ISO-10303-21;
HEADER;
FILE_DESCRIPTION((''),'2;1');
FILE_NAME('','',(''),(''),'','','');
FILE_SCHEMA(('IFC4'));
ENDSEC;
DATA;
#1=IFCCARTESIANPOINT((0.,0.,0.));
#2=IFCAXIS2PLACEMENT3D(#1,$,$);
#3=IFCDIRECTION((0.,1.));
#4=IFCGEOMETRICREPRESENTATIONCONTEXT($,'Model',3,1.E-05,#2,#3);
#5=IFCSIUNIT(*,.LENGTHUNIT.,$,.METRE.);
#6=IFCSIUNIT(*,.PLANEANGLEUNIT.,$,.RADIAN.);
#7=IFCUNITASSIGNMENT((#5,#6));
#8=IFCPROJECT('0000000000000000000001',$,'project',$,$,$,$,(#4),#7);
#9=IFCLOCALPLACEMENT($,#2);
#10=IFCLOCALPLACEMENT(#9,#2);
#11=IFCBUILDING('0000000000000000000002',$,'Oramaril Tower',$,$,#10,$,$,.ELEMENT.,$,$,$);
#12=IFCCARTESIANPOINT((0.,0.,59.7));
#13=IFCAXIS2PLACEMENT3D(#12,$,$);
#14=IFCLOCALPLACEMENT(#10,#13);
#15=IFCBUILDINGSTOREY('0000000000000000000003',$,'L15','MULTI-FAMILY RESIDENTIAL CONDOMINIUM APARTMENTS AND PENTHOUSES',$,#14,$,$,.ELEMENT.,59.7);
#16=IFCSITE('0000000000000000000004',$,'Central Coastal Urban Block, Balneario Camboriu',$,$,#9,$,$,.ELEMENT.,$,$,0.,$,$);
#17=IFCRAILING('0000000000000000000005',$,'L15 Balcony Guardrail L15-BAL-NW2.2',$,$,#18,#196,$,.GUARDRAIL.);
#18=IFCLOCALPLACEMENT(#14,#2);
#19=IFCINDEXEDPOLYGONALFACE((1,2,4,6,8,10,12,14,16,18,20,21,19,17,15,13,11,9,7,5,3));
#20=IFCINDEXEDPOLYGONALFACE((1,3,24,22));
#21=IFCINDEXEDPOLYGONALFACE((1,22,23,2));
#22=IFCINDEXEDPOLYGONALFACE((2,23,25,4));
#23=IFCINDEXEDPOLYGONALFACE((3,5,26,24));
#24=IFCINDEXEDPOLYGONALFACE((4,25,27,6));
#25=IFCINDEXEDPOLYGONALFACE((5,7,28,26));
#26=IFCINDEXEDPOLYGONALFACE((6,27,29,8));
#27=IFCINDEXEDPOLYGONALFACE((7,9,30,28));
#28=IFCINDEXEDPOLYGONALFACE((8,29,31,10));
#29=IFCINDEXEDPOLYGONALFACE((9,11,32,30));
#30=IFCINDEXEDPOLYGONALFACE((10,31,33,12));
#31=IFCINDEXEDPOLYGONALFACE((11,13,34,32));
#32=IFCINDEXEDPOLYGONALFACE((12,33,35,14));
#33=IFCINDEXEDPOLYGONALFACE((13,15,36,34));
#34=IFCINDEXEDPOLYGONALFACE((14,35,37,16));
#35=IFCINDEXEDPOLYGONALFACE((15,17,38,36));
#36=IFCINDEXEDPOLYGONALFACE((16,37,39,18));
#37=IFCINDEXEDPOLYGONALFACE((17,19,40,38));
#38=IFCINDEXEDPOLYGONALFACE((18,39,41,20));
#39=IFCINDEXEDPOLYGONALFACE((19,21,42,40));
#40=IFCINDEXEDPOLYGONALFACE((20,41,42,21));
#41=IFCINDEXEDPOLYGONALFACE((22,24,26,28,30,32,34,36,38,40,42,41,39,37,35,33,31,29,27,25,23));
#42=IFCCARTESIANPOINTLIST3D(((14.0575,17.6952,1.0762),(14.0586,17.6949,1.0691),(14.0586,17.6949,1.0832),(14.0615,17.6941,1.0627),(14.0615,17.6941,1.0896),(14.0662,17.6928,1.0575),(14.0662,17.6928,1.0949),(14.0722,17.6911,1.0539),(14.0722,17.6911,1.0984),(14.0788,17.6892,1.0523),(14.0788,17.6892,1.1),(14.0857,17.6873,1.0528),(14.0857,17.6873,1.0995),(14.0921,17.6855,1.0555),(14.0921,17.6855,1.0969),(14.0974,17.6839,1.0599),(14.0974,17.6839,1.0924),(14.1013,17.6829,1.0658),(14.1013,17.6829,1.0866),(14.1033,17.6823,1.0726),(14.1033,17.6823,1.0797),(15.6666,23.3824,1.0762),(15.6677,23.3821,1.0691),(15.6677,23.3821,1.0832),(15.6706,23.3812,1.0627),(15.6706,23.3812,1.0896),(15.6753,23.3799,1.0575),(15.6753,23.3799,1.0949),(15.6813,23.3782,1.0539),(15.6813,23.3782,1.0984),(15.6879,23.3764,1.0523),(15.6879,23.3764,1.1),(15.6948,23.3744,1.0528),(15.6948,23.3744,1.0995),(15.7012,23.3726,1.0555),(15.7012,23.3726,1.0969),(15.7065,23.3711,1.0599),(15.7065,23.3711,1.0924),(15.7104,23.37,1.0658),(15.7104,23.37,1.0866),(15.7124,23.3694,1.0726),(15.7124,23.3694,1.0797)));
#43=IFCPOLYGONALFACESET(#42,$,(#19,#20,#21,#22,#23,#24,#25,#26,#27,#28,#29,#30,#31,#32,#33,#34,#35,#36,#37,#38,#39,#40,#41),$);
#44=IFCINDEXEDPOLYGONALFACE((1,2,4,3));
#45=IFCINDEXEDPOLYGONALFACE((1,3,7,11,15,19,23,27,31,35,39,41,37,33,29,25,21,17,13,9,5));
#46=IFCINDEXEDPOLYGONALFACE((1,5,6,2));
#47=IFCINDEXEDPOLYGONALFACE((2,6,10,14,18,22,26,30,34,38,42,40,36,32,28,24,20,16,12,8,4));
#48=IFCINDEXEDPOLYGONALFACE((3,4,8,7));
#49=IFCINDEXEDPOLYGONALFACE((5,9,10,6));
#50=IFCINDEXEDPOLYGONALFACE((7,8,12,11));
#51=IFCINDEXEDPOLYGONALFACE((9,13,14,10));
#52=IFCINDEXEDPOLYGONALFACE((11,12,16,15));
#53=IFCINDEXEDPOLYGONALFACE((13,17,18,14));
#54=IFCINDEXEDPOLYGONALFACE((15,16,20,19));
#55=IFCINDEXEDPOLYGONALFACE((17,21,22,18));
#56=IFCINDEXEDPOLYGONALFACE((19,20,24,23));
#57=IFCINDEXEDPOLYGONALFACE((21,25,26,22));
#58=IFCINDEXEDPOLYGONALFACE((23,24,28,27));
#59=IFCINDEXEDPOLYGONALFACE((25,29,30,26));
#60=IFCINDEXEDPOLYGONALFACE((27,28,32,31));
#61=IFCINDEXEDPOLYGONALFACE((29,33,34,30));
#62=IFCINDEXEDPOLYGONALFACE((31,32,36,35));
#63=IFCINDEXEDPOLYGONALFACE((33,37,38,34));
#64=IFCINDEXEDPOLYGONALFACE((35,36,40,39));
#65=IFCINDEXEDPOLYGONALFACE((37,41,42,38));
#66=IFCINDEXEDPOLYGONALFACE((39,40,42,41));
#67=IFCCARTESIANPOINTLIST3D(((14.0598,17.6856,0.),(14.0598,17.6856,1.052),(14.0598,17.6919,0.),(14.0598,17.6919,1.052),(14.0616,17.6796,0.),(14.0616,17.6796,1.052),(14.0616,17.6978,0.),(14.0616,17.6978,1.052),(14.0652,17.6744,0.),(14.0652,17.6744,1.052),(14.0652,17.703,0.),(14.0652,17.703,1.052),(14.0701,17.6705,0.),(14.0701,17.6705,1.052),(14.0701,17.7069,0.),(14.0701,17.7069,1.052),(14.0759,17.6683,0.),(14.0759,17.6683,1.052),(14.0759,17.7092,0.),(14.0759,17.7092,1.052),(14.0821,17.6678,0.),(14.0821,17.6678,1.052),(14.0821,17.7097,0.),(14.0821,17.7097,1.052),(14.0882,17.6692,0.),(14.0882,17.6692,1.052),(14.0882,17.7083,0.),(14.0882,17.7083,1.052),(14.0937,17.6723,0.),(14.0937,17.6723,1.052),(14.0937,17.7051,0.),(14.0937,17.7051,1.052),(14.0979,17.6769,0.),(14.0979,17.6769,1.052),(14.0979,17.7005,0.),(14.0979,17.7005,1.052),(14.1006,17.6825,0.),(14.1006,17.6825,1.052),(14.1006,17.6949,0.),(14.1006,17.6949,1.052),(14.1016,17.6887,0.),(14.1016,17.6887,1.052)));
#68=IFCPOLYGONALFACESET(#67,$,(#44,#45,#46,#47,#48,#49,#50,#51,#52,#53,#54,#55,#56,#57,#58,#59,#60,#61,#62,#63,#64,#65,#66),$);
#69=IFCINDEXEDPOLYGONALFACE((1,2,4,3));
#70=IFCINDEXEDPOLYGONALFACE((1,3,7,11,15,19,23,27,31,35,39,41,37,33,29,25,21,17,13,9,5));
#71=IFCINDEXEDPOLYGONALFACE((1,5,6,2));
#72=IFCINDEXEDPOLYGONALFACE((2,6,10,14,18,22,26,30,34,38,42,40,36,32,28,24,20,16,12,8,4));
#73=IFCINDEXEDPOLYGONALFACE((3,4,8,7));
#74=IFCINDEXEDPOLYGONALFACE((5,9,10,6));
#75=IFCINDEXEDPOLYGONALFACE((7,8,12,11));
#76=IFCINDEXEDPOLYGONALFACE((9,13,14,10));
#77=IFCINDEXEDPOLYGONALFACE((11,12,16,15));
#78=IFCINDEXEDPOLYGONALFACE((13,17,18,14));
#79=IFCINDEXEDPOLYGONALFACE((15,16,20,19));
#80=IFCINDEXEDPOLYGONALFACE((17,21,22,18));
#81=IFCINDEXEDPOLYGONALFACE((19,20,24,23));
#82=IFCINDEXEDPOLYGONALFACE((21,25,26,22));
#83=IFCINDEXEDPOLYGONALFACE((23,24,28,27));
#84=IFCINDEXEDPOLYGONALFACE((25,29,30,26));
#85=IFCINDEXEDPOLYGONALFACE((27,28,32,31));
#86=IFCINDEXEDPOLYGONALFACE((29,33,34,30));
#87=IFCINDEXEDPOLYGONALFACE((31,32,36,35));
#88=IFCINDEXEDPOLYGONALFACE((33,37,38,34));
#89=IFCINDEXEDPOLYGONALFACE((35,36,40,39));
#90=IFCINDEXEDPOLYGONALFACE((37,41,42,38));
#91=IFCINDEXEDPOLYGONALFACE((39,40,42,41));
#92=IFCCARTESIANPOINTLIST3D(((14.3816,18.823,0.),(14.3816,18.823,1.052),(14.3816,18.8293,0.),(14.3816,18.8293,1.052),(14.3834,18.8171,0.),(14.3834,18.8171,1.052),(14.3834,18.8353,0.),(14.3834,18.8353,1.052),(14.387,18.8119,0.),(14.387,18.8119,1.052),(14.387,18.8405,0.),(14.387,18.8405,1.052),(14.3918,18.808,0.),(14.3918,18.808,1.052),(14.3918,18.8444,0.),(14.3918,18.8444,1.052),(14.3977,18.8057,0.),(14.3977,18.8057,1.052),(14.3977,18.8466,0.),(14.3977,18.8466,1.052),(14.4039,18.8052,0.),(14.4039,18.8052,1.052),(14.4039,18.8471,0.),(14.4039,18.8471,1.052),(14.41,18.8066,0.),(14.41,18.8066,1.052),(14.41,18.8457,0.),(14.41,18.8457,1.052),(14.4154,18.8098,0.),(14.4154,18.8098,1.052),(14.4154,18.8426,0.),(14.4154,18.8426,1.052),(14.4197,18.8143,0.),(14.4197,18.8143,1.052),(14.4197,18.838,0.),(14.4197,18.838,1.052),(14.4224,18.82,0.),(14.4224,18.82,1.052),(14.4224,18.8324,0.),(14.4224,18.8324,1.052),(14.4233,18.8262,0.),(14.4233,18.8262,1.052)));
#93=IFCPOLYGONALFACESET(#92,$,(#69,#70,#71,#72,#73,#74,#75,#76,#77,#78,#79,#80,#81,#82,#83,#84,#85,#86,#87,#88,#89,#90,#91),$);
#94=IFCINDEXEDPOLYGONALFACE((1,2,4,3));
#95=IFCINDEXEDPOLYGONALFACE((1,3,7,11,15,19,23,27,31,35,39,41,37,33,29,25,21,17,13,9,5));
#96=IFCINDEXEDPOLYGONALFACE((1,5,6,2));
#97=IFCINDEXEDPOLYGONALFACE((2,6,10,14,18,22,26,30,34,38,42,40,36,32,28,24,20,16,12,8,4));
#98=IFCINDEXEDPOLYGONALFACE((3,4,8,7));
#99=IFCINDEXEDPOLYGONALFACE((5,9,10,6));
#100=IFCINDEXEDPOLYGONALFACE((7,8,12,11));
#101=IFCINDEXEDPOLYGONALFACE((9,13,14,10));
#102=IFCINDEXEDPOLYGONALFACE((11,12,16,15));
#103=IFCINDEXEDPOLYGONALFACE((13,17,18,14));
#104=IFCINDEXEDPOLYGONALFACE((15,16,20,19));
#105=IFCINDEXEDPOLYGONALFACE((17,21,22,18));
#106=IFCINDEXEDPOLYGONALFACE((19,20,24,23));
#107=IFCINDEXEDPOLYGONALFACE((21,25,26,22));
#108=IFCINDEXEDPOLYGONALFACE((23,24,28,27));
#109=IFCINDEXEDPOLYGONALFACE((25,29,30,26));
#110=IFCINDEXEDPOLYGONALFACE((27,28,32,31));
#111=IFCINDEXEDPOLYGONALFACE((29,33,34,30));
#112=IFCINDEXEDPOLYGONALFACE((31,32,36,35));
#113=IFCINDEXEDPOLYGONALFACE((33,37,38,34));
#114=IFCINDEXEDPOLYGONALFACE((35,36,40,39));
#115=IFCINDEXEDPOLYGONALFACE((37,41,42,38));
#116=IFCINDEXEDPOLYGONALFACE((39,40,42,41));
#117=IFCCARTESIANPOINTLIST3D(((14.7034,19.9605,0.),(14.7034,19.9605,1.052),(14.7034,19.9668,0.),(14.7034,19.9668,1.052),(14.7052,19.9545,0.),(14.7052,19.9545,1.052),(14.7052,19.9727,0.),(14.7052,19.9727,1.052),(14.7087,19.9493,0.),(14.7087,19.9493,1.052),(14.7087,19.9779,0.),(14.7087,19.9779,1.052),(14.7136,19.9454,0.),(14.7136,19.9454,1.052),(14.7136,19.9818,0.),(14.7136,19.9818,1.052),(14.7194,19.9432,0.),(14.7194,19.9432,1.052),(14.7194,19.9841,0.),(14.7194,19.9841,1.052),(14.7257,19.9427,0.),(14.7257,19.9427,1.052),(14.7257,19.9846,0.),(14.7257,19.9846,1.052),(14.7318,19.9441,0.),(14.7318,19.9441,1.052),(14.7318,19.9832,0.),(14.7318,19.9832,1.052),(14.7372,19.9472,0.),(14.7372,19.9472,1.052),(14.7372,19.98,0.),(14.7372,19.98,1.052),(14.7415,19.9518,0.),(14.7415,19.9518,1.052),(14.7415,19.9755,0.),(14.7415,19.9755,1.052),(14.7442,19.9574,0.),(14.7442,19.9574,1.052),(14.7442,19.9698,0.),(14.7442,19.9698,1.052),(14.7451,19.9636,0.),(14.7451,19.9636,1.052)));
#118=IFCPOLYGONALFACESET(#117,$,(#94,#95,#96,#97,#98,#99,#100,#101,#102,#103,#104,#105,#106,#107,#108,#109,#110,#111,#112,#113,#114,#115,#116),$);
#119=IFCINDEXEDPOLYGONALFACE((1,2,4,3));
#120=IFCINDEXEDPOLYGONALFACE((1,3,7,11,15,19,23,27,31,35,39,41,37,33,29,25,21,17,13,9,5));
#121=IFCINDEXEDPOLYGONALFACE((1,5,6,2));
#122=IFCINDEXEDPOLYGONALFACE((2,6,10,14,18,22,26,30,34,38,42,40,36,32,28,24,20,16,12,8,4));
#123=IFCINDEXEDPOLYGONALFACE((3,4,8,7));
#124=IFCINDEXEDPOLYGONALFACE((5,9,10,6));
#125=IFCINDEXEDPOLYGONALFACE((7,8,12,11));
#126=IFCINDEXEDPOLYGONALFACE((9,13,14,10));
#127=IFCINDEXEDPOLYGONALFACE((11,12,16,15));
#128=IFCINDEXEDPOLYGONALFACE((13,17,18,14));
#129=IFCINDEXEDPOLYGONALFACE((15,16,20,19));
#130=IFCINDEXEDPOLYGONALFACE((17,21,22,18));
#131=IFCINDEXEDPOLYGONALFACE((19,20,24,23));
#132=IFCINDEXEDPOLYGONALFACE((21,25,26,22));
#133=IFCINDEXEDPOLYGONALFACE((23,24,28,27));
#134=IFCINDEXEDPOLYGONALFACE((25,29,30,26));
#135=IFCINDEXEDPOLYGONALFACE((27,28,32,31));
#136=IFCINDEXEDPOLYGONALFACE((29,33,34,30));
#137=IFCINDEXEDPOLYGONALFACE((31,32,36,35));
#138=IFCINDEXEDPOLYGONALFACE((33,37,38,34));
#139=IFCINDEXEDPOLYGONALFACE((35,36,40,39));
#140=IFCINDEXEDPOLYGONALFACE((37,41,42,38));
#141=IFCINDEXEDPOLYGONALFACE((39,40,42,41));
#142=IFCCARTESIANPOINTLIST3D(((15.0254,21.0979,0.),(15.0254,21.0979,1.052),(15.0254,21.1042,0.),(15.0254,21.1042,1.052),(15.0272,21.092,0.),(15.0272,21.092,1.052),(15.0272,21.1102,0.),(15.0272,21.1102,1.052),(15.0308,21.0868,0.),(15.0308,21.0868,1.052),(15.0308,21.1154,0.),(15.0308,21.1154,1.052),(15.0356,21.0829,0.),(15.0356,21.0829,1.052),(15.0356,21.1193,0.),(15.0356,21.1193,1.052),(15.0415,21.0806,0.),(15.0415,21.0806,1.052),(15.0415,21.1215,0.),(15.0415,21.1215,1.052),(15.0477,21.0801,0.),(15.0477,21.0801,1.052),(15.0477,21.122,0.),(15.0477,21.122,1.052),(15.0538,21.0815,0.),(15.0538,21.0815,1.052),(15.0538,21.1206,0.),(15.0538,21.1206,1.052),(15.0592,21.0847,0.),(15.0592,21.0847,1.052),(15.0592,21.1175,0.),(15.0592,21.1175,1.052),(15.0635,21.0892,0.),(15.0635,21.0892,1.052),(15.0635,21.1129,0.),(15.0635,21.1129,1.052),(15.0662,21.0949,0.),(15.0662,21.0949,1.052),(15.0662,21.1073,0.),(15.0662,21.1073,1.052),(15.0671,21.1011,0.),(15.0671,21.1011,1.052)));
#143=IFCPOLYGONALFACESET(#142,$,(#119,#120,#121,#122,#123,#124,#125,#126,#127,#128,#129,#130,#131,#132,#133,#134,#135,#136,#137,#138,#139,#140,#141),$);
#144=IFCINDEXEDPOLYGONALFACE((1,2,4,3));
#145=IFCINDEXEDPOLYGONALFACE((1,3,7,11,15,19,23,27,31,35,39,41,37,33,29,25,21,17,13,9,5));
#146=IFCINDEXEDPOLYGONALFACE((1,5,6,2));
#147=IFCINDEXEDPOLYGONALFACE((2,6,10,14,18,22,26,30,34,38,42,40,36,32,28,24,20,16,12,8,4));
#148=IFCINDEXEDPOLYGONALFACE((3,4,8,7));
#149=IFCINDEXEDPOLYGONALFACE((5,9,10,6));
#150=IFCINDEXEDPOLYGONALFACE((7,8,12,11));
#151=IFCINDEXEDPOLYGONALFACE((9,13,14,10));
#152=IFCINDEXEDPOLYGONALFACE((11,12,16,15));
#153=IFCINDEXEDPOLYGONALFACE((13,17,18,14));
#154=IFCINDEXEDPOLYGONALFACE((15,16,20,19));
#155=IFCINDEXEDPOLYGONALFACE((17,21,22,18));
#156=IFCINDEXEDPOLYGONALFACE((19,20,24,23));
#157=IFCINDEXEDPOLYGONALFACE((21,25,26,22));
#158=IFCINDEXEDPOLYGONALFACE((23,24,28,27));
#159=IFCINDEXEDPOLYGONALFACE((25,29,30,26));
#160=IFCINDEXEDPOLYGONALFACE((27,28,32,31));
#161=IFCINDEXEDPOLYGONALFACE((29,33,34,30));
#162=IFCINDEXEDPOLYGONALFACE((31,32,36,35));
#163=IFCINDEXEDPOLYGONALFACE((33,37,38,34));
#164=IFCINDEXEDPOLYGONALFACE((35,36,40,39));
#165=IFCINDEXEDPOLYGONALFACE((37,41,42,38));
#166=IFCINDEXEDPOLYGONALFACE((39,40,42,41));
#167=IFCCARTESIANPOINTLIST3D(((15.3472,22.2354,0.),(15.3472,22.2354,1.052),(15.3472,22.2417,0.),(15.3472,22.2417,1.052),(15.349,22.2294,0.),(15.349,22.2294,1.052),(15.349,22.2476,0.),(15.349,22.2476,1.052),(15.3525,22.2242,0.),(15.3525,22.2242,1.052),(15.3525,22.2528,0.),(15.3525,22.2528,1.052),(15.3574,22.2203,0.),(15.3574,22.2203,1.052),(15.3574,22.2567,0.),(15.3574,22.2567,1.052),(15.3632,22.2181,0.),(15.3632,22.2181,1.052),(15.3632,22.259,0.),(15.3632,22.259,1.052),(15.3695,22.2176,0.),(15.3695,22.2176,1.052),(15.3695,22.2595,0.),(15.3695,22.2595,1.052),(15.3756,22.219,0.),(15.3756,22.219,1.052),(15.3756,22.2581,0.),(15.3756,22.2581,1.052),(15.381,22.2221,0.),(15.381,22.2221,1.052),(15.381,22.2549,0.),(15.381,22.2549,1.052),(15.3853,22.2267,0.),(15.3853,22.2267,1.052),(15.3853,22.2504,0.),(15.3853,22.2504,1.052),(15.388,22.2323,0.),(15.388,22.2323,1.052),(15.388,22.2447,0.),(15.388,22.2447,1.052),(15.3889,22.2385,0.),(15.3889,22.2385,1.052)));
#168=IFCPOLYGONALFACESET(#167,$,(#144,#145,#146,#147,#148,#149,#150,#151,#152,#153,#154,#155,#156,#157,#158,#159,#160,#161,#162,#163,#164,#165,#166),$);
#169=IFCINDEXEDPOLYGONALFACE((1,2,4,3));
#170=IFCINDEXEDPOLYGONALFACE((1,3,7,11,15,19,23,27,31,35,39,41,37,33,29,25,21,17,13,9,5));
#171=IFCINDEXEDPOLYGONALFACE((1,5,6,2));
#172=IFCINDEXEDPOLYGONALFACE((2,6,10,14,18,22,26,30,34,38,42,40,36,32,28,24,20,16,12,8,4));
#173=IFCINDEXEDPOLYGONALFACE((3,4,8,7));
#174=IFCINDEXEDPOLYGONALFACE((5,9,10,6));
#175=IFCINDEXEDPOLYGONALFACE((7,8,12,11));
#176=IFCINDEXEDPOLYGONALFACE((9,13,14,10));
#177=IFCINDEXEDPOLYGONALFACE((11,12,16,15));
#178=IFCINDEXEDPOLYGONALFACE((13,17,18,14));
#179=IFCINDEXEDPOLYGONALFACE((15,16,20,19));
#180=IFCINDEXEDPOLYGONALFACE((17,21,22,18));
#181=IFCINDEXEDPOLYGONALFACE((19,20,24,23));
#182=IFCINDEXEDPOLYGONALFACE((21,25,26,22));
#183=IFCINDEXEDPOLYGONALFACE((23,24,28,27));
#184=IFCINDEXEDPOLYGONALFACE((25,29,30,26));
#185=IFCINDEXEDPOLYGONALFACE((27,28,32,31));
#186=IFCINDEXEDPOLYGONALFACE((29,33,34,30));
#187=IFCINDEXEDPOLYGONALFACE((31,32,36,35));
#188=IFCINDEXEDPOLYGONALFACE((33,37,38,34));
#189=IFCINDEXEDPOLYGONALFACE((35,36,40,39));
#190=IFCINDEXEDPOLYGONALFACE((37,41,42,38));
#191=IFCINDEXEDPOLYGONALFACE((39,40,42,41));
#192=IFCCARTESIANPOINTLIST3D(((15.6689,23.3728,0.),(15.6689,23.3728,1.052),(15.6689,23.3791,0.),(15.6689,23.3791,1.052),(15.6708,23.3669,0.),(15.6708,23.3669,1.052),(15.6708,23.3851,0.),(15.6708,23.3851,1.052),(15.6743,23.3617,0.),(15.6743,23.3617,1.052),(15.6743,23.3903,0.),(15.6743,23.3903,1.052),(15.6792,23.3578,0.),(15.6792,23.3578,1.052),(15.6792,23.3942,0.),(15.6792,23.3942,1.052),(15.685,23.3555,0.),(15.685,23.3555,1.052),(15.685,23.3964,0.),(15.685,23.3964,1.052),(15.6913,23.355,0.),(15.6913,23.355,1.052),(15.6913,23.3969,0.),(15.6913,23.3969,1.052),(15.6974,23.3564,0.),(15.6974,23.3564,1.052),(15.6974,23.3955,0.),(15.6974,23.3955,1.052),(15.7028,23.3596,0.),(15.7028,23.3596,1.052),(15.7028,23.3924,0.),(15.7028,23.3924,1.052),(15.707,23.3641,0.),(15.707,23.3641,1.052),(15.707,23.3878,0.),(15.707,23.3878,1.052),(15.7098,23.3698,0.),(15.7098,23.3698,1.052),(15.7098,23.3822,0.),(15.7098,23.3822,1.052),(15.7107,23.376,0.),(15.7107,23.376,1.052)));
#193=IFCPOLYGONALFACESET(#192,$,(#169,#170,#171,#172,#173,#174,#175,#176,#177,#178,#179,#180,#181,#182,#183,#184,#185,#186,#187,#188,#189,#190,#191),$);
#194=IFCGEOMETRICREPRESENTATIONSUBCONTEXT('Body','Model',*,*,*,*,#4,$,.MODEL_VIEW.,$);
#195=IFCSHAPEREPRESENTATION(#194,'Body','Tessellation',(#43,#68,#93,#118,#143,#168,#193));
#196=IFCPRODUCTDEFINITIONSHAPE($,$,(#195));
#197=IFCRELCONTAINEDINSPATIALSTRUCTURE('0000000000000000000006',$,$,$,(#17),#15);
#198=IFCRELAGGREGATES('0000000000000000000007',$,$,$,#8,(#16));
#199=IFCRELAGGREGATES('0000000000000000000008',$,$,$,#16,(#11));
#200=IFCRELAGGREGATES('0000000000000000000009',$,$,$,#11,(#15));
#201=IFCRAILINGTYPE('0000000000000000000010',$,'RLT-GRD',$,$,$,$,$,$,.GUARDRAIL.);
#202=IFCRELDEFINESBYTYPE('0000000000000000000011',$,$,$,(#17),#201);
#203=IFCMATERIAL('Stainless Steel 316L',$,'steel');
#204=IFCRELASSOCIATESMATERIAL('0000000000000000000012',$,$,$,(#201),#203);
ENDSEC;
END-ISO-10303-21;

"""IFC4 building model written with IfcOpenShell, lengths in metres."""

from ifc_helpers import new_model, si_unit, direction, frame, origin, origin_2d, place, context, subcontext, project, spatial, circle, extrude, material, type_object, element, save


model = new_model("IFC4")

# Units and contexts
model_context = context("Model", 3, precision=1e-05, world=origin(), true_north=direction((0.0, 1.0)))
body_context = subcontext(model_context, "Body", "Model", "MODEL_VIEW")
ifc_project = project(units=[si_unit("LENGTHUNIT", "METRE"), si_unit("PLANEANGLEUNIT", "RADIAN")], contexts=[model_context])

# Site, building, storey
site_placement = place(None, origin())
site = spatial("IfcSite", under=ifc_project, at=site_placement, Name="Central Coastal Urban Block, Balneario Camboriu", CompositionType="ELEMENT", RefElevation=0.0)
building_placement = place(site_placement, origin())
building = spatial("IfcBuilding", under=site, at=building_placement, Name="Oramaril Tower", CompositionType="ELEMENT")
storey_placement = place(building_placement, frame((0.0, 0.0, 59.7)))
storey = spatial("IfcBuildingStorey", under=building, at=storey_placement, Name="L15", Description="MULTI-FAMILY RESIDENTIAL CONDOMINIUM APARTMENTS AND PENTHOUSES", CompositionType="ELEMENT", Elevation=59.7)

# Railing
ifc_material_1 = material(Name="Stainless Steel 316L", Category="steel")
railing_type = type_object("IfcRailingType", Name="RLT-GRD", PredefinedType="GUARDRAIL", material=ifc_material_1)
railing_1_placement = place(storey_placement, frame((14.0806, 17.6887, 0.0)))
element("IfcRailing", 1, at=railing_1_placement, inside=storey, type_object=railing_type, Name="L15 Balcony Guardrail L15-BAL-NW2.2", PredefinedType="GUARDRAIL", context=body_context, shape_type="SweptSolid", body=[
    extrude(circle(Radius=0.0239, at=origin_2d()), frame((0.0, 0.0, 1.0762), z_axis=(0.272249, 0.962227, 0.0), x_axis=(-0.962227, 0.272249, 0.0)), (0.0, 0.0, 1.0), 5.9104),
    extrude(circle(Radius=0.021, at=origin_2d()), origin(), (0.0, 0.0, 1.0), 1.052),
    extrude(circle(Radius=0.021, at=origin_2d()), frame((0.3218, 1.1375, 0.0)), (0.0, 0.0, 1.0), 1.052),
    extrude(circle(Radius=0.021, at=origin_2d()), frame((0.6436, 2.2749, 0.0)), (0.0, 0.0, 1.0), 1.052),
    extrude(circle(Radius=0.021, at=origin_2d()), frame((0.9656, 3.4124, 0.0)), (0.0, 0.0, 1.0), 1.052),
    extrude(circle(Radius=0.021, at=origin_2d()), frame((1.2874, 4.5498, 0.0)), (0.0, 0.0, 1.0), 1.052),
    extrude(circle(Radius=0.021, at=origin_2d()), frame((1.6091, 5.6873, 0.0)), (0.0, 0.0, 1.0), 1.052),
])

save(model, "model.ifc")
